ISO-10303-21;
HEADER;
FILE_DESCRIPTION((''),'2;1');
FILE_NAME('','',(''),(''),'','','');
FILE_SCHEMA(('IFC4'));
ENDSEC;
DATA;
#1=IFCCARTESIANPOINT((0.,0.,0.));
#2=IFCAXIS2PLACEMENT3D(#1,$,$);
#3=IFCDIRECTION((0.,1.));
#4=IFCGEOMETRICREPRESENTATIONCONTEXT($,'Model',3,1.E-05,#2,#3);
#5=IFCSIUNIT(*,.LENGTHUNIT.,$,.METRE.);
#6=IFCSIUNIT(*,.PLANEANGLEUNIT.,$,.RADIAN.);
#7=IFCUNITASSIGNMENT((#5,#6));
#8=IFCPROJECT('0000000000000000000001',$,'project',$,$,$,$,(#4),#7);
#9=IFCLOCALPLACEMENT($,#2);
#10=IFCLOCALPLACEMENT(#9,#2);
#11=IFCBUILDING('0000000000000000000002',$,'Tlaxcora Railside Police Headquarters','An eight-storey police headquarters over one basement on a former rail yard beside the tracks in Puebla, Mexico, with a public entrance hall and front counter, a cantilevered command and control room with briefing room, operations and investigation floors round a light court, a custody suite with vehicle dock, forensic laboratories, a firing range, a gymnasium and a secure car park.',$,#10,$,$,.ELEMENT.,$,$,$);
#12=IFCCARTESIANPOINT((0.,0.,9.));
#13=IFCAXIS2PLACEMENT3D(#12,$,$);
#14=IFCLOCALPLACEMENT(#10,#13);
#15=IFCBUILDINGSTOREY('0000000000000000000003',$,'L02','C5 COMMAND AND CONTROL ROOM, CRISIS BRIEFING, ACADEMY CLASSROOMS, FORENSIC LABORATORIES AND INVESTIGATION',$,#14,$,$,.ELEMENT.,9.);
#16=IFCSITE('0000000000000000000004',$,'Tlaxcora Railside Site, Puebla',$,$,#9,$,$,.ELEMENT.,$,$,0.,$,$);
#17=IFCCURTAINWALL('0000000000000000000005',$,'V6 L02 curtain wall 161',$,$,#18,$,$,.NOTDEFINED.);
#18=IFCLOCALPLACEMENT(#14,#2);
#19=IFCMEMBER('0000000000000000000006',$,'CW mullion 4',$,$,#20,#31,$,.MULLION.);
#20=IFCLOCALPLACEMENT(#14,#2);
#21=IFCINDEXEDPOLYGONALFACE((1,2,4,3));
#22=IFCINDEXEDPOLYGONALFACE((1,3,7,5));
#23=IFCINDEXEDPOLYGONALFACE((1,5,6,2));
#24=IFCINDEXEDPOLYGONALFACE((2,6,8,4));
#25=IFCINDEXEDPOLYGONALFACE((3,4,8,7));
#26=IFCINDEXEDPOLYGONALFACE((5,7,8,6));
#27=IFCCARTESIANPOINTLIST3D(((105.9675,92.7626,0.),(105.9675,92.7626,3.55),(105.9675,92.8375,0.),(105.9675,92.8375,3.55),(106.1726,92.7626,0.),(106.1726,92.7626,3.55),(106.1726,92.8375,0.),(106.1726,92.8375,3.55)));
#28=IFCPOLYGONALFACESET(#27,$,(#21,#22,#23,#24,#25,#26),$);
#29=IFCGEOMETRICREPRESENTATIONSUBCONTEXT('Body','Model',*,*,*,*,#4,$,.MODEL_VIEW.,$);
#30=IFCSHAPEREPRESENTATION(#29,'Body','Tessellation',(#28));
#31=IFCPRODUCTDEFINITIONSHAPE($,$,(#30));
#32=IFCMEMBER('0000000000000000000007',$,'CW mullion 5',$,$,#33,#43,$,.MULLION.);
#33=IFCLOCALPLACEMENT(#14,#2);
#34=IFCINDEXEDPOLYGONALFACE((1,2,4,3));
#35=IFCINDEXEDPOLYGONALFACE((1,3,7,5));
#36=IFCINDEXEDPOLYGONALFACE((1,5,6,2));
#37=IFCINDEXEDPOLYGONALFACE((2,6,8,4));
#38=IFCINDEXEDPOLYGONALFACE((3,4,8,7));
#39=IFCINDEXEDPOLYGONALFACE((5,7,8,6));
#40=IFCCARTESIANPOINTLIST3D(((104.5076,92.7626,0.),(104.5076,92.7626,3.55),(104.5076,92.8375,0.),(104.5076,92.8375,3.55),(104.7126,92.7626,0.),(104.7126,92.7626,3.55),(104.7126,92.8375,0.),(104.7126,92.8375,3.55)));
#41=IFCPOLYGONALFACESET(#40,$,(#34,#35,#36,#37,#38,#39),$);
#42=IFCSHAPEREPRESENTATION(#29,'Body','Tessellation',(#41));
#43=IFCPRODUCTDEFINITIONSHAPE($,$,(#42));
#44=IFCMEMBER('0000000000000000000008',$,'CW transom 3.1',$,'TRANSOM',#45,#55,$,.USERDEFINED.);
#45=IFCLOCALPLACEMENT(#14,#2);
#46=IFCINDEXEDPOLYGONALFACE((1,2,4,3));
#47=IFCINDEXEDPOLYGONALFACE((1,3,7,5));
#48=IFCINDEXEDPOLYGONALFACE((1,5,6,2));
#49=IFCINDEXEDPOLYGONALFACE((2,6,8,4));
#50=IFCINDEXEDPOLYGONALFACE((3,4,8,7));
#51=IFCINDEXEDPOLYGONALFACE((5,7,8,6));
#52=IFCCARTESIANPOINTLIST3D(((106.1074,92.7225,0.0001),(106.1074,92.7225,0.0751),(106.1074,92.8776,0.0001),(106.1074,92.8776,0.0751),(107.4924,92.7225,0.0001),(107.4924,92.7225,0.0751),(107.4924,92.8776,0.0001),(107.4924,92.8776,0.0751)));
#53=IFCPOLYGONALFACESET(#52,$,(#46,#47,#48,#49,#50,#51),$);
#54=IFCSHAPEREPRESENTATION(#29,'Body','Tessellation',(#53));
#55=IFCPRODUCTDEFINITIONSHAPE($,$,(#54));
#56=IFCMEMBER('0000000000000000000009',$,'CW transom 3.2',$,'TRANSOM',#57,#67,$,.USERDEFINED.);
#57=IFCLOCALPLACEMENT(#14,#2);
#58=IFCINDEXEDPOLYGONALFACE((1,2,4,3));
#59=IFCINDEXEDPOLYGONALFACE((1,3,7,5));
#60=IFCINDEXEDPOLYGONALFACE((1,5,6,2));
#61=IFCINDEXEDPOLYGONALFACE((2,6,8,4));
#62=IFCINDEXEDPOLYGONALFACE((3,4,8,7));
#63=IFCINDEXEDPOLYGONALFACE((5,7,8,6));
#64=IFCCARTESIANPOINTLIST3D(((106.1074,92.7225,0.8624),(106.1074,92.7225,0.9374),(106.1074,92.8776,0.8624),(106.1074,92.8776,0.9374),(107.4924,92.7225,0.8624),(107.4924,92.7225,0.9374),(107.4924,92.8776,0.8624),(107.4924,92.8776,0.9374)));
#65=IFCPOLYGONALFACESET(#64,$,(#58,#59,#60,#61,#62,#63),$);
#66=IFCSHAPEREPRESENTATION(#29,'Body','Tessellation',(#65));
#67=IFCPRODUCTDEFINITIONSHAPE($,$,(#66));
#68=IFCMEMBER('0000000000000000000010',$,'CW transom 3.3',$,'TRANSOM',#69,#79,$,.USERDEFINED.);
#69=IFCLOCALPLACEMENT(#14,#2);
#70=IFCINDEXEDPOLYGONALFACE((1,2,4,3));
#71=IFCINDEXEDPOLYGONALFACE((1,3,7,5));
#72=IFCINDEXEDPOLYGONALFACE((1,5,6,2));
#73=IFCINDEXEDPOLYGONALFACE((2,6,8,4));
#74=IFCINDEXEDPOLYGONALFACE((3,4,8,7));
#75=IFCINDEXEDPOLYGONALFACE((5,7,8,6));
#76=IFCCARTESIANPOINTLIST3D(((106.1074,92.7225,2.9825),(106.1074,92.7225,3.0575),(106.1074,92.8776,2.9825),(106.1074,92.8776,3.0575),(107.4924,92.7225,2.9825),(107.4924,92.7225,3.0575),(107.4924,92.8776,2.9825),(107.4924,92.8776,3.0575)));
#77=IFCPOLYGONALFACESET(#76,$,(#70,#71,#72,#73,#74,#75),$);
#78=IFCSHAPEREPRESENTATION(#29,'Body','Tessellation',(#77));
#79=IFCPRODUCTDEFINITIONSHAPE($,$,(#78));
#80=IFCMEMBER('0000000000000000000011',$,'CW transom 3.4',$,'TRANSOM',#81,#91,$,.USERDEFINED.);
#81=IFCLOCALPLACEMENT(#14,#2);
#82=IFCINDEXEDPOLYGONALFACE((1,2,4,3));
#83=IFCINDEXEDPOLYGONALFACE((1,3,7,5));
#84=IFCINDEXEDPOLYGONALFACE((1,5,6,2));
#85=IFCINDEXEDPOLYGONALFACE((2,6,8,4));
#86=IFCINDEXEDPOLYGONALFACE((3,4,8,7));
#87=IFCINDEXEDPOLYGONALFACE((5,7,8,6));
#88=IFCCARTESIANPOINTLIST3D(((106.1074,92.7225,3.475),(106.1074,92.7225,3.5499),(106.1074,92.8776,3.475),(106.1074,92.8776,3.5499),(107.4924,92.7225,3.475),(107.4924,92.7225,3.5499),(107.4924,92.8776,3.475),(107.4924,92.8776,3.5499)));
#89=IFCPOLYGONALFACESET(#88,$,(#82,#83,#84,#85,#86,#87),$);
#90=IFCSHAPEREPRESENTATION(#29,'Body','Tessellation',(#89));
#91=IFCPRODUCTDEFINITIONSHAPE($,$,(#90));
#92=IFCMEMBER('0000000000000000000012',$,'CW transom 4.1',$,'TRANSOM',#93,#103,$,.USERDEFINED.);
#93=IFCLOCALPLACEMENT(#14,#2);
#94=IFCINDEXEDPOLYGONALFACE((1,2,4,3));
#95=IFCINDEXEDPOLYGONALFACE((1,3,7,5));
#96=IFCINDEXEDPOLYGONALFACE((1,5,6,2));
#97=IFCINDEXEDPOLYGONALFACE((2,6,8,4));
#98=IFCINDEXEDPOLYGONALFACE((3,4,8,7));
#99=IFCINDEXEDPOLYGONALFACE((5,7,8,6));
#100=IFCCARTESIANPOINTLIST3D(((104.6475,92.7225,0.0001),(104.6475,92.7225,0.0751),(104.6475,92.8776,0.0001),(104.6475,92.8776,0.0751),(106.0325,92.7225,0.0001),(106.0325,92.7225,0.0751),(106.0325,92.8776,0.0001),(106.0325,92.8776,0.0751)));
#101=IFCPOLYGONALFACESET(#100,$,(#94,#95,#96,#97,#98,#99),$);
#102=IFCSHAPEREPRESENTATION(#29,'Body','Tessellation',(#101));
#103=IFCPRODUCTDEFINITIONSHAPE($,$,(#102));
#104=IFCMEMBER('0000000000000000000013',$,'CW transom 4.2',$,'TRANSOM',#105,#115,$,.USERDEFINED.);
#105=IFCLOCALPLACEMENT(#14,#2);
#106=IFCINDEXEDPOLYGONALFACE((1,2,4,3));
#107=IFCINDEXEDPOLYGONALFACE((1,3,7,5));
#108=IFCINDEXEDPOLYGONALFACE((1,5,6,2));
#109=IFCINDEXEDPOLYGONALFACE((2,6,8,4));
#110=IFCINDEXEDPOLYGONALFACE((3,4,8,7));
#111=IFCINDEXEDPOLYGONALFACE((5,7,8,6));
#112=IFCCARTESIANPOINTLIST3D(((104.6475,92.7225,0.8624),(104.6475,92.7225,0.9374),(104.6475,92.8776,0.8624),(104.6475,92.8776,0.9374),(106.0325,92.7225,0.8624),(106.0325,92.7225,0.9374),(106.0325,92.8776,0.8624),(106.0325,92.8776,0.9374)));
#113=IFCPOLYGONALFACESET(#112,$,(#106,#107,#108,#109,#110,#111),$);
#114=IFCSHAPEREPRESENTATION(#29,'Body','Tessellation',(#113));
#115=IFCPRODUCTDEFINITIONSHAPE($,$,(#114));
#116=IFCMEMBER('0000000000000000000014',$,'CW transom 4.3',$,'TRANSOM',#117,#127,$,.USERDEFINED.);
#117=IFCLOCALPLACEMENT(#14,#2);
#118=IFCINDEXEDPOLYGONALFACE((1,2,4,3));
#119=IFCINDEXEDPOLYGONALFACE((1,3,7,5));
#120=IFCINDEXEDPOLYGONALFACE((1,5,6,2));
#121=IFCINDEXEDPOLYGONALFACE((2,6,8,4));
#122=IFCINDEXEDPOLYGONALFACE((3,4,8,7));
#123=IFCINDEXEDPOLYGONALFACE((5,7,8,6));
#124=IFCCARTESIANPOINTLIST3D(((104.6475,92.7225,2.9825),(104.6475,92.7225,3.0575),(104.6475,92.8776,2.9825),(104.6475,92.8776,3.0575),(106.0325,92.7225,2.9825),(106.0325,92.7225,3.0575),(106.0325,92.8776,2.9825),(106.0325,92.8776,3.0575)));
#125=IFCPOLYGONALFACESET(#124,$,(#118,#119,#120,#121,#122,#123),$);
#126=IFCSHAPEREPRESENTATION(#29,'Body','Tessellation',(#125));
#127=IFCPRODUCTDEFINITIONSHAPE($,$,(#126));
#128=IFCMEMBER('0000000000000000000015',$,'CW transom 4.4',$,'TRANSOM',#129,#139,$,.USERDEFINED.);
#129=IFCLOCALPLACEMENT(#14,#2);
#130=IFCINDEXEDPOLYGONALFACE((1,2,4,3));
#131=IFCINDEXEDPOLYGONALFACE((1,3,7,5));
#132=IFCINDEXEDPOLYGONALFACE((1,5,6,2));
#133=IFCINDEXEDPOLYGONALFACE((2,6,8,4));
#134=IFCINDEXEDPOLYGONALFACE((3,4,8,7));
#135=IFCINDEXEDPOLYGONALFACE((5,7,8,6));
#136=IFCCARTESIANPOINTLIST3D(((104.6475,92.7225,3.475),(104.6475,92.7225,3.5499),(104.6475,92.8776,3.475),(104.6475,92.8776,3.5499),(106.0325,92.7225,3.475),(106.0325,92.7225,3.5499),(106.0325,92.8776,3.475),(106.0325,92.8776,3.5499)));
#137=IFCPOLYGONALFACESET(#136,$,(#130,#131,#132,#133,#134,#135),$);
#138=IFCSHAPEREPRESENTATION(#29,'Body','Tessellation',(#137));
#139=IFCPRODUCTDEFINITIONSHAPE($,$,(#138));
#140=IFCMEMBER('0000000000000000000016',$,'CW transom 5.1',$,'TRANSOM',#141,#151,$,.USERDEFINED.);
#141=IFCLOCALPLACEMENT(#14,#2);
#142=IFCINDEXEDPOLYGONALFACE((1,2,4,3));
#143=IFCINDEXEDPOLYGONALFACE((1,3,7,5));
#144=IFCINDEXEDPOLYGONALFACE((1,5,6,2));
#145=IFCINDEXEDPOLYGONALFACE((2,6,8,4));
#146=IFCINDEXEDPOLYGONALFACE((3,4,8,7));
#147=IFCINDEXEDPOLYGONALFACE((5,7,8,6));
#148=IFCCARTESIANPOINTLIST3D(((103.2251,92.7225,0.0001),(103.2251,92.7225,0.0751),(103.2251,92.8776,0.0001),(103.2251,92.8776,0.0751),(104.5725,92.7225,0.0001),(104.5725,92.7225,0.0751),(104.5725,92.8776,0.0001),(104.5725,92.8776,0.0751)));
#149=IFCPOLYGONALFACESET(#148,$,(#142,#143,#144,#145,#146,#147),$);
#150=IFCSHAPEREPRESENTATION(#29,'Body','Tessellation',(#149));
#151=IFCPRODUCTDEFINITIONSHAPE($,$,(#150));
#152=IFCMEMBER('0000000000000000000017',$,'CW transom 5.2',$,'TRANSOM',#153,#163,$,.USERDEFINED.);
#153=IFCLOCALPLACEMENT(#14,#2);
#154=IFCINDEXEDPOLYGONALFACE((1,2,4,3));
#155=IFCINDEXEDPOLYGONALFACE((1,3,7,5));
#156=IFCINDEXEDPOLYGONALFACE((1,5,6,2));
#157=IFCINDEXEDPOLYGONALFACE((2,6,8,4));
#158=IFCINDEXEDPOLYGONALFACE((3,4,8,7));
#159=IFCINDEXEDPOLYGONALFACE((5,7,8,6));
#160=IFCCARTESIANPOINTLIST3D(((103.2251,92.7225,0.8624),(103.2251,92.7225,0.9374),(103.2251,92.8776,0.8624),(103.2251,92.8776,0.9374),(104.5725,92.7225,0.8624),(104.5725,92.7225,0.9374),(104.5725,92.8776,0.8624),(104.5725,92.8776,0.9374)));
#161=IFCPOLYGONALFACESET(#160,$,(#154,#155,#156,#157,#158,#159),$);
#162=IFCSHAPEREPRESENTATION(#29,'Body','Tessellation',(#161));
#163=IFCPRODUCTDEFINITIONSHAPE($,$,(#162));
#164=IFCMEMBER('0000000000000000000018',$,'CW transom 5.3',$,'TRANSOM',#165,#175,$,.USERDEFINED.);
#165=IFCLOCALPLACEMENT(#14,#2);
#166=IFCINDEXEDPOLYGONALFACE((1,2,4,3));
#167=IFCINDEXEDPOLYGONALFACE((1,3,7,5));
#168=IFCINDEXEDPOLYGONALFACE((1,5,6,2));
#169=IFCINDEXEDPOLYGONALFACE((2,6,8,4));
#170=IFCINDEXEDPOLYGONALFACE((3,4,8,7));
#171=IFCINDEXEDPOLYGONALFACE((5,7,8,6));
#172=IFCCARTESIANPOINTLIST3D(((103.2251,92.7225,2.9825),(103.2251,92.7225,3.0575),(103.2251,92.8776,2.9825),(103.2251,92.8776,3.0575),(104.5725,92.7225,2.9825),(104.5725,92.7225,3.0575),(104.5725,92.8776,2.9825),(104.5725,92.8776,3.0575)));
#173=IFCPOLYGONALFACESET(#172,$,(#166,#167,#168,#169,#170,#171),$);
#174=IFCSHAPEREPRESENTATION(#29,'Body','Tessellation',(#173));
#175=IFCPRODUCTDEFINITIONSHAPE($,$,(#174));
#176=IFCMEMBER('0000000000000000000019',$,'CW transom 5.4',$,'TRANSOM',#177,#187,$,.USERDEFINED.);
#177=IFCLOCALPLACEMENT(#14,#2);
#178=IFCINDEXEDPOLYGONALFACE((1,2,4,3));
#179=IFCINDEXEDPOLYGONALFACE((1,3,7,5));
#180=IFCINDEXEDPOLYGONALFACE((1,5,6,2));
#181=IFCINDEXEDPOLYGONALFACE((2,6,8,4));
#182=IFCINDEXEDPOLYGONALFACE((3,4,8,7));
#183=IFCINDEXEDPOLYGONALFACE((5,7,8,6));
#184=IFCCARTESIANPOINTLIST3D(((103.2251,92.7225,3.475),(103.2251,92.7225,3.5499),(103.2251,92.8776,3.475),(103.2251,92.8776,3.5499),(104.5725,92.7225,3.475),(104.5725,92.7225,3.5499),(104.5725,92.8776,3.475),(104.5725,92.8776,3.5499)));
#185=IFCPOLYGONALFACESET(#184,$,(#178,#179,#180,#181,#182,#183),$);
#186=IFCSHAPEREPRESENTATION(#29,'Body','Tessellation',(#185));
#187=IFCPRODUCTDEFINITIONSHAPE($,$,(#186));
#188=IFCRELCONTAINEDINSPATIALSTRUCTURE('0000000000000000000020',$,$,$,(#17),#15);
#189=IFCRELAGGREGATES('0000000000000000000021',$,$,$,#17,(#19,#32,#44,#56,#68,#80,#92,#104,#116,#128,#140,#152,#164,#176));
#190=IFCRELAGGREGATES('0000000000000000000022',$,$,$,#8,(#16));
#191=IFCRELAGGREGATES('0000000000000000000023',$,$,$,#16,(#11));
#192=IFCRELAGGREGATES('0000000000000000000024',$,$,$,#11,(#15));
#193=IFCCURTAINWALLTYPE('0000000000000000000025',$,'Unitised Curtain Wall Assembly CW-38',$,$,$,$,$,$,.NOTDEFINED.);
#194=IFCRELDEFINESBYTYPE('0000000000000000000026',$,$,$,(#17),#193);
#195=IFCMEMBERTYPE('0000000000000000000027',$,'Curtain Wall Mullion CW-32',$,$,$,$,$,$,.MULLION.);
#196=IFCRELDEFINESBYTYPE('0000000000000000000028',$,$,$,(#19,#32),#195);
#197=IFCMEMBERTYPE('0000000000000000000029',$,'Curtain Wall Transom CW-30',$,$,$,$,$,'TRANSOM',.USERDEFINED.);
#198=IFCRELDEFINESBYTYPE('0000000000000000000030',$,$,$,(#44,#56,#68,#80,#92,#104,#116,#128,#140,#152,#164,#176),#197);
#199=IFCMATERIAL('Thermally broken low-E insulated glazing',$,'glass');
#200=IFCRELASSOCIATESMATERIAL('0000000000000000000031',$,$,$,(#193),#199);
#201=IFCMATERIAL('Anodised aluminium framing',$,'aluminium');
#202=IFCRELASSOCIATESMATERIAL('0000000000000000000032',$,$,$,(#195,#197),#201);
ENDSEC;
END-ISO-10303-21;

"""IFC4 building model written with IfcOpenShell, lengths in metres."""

from ifc_helpers import new_model, si_unit, direction, frame, origin, origin_2d, place, context, subcontext, project, spatial, rectangle, extrude, material, material_profile, profile_set, type_object, element, aggregate, save


model = new_model("IFC4")

# Units and contexts
model_context = context("Model", 3, precision=1e-05, world=origin(), true_north=direction((0.0, 1.0)))
body_context = subcontext(model_context, "Body", "Model", "MODEL_VIEW")
ifc_project = project(units=[si_unit("LENGTHUNIT", "METRE"), si_unit("PLANEANGLEUNIT", "RADIAN")], contexts=[model_context])

# Site, building, storey
site_placement = place(None, origin())
site = spatial("IfcSite", under=ifc_project, at=site_placement, Name="Tlaxcora Railside Site, Puebla", CompositionType="ELEMENT", RefElevation=0.0)
building_placement = place(site_placement, origin())
building = spatial("IfcBuilding", under=site, at=building_placement, Name="Tlaxcora Railside Police Headquarters", Description="An eight-storey police headquarters over one basement on a former rail yard beside the tracks in Puebla, Mexico, with a public entrance hall and front counter, a cantilevered command and control room with briefing room, operations and investigation floors round a light court, a custody suite with vehicle dock, forensic laboratories, a firing range, a gymnasium and a secure car park.", CompositionType="ELEMENT")
storey_placement = place(building_placement, frame((0.0, 0.0, 9.0)))
storey = spatial("IfcBuildingStorey", under=building, at=storey_placement, Name="L02", Description="C5 COMMAND AND CONTROL ROOM, CRISIS BRIEFING, ACADEMY CLASSROOMS, FORENSIC LABORATORIES AND INVESTIGATION", CompositionType="ELEMENT", Elevation=9.0)

# Curtain wall, members
ifc_material_1 = material(Name="Thermally broken low-E insulated glazing", Category="glass")
curtain_wall_type = type_object("IfcCurtainWallType", Name="Unitised Curtain Wall Assembly CW-38", PredefinedType="NOTDEFINED", material=ifc_material_1)
curtain_wall_placement = place(storey_placement, origin())
curtain_wall = element("IfcCurtainWall", 1, at=curtain_wall_placement, inside=storey, type_object=curtain_wall_type, Name="V6 L02 curtain wall 161", PredefinedType="NOTDEFINED")
ifc_material_2 = material(Name="Anodised aluminium framing", Category="aluminium")
ifc_material_profile_1 = material_profile(ifc_material_2, rectangle(XDim=0.075, YDim=0.2051, at=origin_2d()), Name="AL75X205")
ifc_profile_set_1 = profile_set([ifc_material_profile_1], Name="Anodised aluminium framing")
member_type_1 = type_object("IfcMemberType", Name="Curtain Wall Mullion CW-32", PredefinedType="MULLION", material=ifc_profile_set_1)
member_1_placement = place(storey_placement, frame((106.0701, 92.8, 0.0), z_axis=(0.0, 0.0, 1.0), x_axis=(0.0, -1.0, 0.0)))
member_1 = element("IfcMember", 2, at=member_1_placement, type_object=member_type_1, Name="CW mullion 4", PredefinedType="MULLION", context=body_context, shape_type="SweptSolid", body=[
    extrude(rectangle(XDim=0.075, YDim=0.2051, at=origin_2d()), origin(), (0.0, 0.0, 1.0), 3.55),
])
member_2_placement = place(storey_placement, frame((104.6101, 92.8, 0.0), z_axis=(0.0, 0.0, 1.0), x_axis=(0.0, -1.0, 0.0)))
member_2 = element("IfcMember", 3, at=member_2_placement, type_object=member_type_1, Name="CW mullion 5", PredefinedType="MULLION", context=body_context, shape_type="SweptSolid", body=[
    extrude(rectangle(XDim=0.075, YDim=0.2051, at=origin_2d()), origin(), (0.0, 0.0, 1.0), 3.55),
])
ifc_material_profile_2 = material_profile(ifc_material_2, rectangle(XDim=0.155, YDim=0.075, at=origin_2d()), Name="AL75X155")
ifc_profile_set_2 = profile_set([ifc_material_profile_2], Name="Anodised aluminium framing")
member_type_2 = type_object("IfcMemberType", Name="Curtain Wall Transom CW-30", ElementType="TRANSOM", PredefinedType="USERDEFINED", material=ifc_profile_set_2)
member_3_placement = place(storey_placement, frame((107.4924, 92.8, 0.0376), z_axis=(-1.0, 0.0, 0.0), x_axis=(0.0, -1.0, 0.0)))
member_3 = element("IfcMember", 4, at=member_3_placement, type_object=member_type_2, Name="CW transom 3.1", ObjectType="TRANSOM", PredefinedType="USERDEFINED", context=body_context, shape_type="SweptSolid", body=[
    extrude(rectangle(XDim=0.155, YDim=0.075, at=origin_2d()), origin(), (0.0, 0.0, 1.0), 1.385),
])
member_4_placement = place(storey_placement, frame((107.4924, 92.8, 0.8999), z_axis=(-1.0, 0.0, 0.0), x_axis=(0.0, -1.0, 0.0)))
member_4 = element("IfcMember", 5, at=member_4_placement, type_object=member_type_2, Name="CW transom 3.2", ObjectType="TRANSOM", PredefinedType="USERDEFINED", context=body_context, shape_type="SweptSolid", body=[
    extrude(rectangle(XDim=0.155, YDim=0.075, at=origin_2d()), origin(), (0.0, 0.0, 1.0), 1.385),
])
member_5_placement = place(storey_placement, frame((107.4924, 92.8, 3.02), z_axis=(-1.0, 0.0, 0.0), x_axis=(0.0, -1.0, 0.0)))
member_5 = element("IfcMember", 6, at=member_5_placement, type_object=member_type_2, Name="CW transom 3.3", ObjectType="TRANSOM", PredefinedType="USERDEFINED", context=body_context, shape_type="SweptSolid", body=[
    extrude(rectangle(XDim=0.155, YDim=0.075, at=origin_2d()), origin(), (0.0, 0.0, 1.0), 1.385),
])
member_6_placement = place(storey_placement, frame((107.4924, 92.8, 3.5125), z_axis=(-1.0, 0.0, 0.0), x_axis=(0.0, -1.0, 0.0)))
member_6 = element("IfcMember", 7, at=member_6_placement, type_object=member_type_2, Name="CW transom 3.4", ObjectType="TRANSOM", PredefinedType="USERDEFINED", context=body_context, shape_type="SweptSolid", body=[
    extrude(rectangle(XDim=0.155, YDim=0.075, at=origin_2d()), origin(), (0.0, 0.0, 1.0), 1.385),
])
member_7_placement = place(storey_placement, frame((106.0325, 92.8, 0.0376), z_axis=(-1.0, 0.0, 0.0), x_axis=(0.0, -1.0, 0.0)))
member_7 = element("IfcMember", 8, at=member_7_placement, type_object=member_type_2, Name="CW transom 4.1", ObjectType="TRANSOM", PredefinedType="USERDEFINED", context=body_context, shape_type="SweptSolid", body=[
    extrude(rectangle(XDim=0.155, YDim=0.075, at=origin_2d()), origin(), (0.0, 0.0, 1.0), 1.385),
])
member_8_placement = place(storey_placement, frame((106.0325, 92.8, 0.8999), z_axis=(-1.0, 0.0, 0.0), x_axis=(0.0, -1.0, 0.0)))
member_8 = element("IfcMember", 9, at=member_8_placement, type_object=member_type_2, Name="CW transom 4.2", ObjectType="TRANSOM", PredefinedType="USERDEFINED", context=body_context, shape_type="SweptSolid", body=[
    extrude(rectangle(XDim=0.155, YDim=0.075, at=origin_2d()), origin(), (0.0, 0.0, 1.0), 1.385),
])
member_9_placement = place(storey_placement, frame((106.0325, 92.8, 3.02), z_axis=(-1.0, 0.0, 0.0), x_axis=(0.0, -1.0, 0.0)))
member_9 = element("IfcMember", 10, at=member_9_placement, type_object=member_type_2, Name="CW transom 4.3", ObjectType="TRANSOM", PredefinedType="USERDEFINED", context=body_context, shape_type="SweptSolid", body=[
    extrude(rectangle(XDim=0.155, YDim=0.075, at=origin_2d()), origin(), (0.0, 0.0, 1.0), 1.385),
])
member_10_placement = place(storey_placement, frame((106.0325, 92.8, 3.5125), z_axis=(-1.0, 0.0, 0.0), x_axis=(0.0, -1.0, 0.0)))
member_10 = element("IfcMember", 11, at=member_10_placement, type_object=member_type_2, Name="CW transom 4.4", ObjectType="TRANSOM", PredefinedType="USERDEFINED", context=body_context, shape_type="SweptSolid", body=[
    extrude(rectangle(XDim=0.155, YDim=0.075, at=origin_2d()), origin(), (0.0, 0.0, 1.0), 1.385),
])
member_11_placement = place(storey_placement, frame((104.5725, 92.8, 0.0376), z_axis=(-1.0, 0.0, 0.0), x_axis=(0.0, -1.0, 0.0)))
member_11 = element("IfcMember", 12, at=member_11_placement, type_object=member_type_2, Name="CW transom 5.1", ObjectType="TRANSOM", PredefinedType="USERDEFINED", context=body_context, shape_type="SweptSolid", body=[
    extrude(rectangle(XDim=0.155, YDim=0.075, at=origin_2d()), origin(), (0.0, 0.0, 1.0), 1.3474),
])
member_12_placement = place(storey_placement, frame((104.5725, 92.8, 0.8999), z_axis=(-1.0, 0.0, 0.0), x_axis=(0.0, -1.0, 0.0)))
member_12 = element("IfcMember", 13, at=member_12_placement, type_object=member_type_2, Name="CW transom 5.2", ObjectType="TRANSOM", PredefinedType="USERDEFINED", context=body_context, shape_type="SweptSolid", body=[
    extrude(rectangle(XDim=0.155, YDim=0.075, at=origin_2d()), origin(), (0.0, 0.0, 1.0), 1.3474),
])
member_13_placement = place(storey_placement, frame((104.5725, 92.8, 3.02), z_axis=(-1.0, 0.0, 0.0), x_axis=(0.0, -1.0, 0.0)))
member_13 = element("IfcMember", 14, at=member_13_placement, type_object=member_type_2, Name="CW transom 5.3", ObjectType="TRANSOM", PredefinedType="USERDEFINED", context=body_context, shape_type="SweptSolid", body=[
    extrude(rectangle(XDim=0.155, YDim=0.075, at=origin_2d()), origin(), (0.0, 0.0, 1.0), 1.3474),
])
member_14_placement = place(storey_placement, frame((104.5725, 92.8, 3.5125), z_axis=(-1.0, 0.0, 0.0), x_axis=(0.0, -1.0, 0.0)))
member_14 = element("IfcMember", 15, at=member_14_placement, type_object=member_type_2, Name="CW transom 5.4", ObjectType="TRANSOM", PredefinedType="USERDEFINED", context=body_context, shape_type="SweptSolid", body=[
    extrude(rectangle(XDim=0.155, YDim=0.075, at=origin_2d()), origin(), (0.0, 0.0, 1.0), 1.3474),
])
aggregate(curtain_wall, [member_1, member_2, member_3, member_4, member_5, member_6, member_7, member_8, member_9, member_10, member_11, member_12, member_13, member_14])

save(model, "model.ifc")
